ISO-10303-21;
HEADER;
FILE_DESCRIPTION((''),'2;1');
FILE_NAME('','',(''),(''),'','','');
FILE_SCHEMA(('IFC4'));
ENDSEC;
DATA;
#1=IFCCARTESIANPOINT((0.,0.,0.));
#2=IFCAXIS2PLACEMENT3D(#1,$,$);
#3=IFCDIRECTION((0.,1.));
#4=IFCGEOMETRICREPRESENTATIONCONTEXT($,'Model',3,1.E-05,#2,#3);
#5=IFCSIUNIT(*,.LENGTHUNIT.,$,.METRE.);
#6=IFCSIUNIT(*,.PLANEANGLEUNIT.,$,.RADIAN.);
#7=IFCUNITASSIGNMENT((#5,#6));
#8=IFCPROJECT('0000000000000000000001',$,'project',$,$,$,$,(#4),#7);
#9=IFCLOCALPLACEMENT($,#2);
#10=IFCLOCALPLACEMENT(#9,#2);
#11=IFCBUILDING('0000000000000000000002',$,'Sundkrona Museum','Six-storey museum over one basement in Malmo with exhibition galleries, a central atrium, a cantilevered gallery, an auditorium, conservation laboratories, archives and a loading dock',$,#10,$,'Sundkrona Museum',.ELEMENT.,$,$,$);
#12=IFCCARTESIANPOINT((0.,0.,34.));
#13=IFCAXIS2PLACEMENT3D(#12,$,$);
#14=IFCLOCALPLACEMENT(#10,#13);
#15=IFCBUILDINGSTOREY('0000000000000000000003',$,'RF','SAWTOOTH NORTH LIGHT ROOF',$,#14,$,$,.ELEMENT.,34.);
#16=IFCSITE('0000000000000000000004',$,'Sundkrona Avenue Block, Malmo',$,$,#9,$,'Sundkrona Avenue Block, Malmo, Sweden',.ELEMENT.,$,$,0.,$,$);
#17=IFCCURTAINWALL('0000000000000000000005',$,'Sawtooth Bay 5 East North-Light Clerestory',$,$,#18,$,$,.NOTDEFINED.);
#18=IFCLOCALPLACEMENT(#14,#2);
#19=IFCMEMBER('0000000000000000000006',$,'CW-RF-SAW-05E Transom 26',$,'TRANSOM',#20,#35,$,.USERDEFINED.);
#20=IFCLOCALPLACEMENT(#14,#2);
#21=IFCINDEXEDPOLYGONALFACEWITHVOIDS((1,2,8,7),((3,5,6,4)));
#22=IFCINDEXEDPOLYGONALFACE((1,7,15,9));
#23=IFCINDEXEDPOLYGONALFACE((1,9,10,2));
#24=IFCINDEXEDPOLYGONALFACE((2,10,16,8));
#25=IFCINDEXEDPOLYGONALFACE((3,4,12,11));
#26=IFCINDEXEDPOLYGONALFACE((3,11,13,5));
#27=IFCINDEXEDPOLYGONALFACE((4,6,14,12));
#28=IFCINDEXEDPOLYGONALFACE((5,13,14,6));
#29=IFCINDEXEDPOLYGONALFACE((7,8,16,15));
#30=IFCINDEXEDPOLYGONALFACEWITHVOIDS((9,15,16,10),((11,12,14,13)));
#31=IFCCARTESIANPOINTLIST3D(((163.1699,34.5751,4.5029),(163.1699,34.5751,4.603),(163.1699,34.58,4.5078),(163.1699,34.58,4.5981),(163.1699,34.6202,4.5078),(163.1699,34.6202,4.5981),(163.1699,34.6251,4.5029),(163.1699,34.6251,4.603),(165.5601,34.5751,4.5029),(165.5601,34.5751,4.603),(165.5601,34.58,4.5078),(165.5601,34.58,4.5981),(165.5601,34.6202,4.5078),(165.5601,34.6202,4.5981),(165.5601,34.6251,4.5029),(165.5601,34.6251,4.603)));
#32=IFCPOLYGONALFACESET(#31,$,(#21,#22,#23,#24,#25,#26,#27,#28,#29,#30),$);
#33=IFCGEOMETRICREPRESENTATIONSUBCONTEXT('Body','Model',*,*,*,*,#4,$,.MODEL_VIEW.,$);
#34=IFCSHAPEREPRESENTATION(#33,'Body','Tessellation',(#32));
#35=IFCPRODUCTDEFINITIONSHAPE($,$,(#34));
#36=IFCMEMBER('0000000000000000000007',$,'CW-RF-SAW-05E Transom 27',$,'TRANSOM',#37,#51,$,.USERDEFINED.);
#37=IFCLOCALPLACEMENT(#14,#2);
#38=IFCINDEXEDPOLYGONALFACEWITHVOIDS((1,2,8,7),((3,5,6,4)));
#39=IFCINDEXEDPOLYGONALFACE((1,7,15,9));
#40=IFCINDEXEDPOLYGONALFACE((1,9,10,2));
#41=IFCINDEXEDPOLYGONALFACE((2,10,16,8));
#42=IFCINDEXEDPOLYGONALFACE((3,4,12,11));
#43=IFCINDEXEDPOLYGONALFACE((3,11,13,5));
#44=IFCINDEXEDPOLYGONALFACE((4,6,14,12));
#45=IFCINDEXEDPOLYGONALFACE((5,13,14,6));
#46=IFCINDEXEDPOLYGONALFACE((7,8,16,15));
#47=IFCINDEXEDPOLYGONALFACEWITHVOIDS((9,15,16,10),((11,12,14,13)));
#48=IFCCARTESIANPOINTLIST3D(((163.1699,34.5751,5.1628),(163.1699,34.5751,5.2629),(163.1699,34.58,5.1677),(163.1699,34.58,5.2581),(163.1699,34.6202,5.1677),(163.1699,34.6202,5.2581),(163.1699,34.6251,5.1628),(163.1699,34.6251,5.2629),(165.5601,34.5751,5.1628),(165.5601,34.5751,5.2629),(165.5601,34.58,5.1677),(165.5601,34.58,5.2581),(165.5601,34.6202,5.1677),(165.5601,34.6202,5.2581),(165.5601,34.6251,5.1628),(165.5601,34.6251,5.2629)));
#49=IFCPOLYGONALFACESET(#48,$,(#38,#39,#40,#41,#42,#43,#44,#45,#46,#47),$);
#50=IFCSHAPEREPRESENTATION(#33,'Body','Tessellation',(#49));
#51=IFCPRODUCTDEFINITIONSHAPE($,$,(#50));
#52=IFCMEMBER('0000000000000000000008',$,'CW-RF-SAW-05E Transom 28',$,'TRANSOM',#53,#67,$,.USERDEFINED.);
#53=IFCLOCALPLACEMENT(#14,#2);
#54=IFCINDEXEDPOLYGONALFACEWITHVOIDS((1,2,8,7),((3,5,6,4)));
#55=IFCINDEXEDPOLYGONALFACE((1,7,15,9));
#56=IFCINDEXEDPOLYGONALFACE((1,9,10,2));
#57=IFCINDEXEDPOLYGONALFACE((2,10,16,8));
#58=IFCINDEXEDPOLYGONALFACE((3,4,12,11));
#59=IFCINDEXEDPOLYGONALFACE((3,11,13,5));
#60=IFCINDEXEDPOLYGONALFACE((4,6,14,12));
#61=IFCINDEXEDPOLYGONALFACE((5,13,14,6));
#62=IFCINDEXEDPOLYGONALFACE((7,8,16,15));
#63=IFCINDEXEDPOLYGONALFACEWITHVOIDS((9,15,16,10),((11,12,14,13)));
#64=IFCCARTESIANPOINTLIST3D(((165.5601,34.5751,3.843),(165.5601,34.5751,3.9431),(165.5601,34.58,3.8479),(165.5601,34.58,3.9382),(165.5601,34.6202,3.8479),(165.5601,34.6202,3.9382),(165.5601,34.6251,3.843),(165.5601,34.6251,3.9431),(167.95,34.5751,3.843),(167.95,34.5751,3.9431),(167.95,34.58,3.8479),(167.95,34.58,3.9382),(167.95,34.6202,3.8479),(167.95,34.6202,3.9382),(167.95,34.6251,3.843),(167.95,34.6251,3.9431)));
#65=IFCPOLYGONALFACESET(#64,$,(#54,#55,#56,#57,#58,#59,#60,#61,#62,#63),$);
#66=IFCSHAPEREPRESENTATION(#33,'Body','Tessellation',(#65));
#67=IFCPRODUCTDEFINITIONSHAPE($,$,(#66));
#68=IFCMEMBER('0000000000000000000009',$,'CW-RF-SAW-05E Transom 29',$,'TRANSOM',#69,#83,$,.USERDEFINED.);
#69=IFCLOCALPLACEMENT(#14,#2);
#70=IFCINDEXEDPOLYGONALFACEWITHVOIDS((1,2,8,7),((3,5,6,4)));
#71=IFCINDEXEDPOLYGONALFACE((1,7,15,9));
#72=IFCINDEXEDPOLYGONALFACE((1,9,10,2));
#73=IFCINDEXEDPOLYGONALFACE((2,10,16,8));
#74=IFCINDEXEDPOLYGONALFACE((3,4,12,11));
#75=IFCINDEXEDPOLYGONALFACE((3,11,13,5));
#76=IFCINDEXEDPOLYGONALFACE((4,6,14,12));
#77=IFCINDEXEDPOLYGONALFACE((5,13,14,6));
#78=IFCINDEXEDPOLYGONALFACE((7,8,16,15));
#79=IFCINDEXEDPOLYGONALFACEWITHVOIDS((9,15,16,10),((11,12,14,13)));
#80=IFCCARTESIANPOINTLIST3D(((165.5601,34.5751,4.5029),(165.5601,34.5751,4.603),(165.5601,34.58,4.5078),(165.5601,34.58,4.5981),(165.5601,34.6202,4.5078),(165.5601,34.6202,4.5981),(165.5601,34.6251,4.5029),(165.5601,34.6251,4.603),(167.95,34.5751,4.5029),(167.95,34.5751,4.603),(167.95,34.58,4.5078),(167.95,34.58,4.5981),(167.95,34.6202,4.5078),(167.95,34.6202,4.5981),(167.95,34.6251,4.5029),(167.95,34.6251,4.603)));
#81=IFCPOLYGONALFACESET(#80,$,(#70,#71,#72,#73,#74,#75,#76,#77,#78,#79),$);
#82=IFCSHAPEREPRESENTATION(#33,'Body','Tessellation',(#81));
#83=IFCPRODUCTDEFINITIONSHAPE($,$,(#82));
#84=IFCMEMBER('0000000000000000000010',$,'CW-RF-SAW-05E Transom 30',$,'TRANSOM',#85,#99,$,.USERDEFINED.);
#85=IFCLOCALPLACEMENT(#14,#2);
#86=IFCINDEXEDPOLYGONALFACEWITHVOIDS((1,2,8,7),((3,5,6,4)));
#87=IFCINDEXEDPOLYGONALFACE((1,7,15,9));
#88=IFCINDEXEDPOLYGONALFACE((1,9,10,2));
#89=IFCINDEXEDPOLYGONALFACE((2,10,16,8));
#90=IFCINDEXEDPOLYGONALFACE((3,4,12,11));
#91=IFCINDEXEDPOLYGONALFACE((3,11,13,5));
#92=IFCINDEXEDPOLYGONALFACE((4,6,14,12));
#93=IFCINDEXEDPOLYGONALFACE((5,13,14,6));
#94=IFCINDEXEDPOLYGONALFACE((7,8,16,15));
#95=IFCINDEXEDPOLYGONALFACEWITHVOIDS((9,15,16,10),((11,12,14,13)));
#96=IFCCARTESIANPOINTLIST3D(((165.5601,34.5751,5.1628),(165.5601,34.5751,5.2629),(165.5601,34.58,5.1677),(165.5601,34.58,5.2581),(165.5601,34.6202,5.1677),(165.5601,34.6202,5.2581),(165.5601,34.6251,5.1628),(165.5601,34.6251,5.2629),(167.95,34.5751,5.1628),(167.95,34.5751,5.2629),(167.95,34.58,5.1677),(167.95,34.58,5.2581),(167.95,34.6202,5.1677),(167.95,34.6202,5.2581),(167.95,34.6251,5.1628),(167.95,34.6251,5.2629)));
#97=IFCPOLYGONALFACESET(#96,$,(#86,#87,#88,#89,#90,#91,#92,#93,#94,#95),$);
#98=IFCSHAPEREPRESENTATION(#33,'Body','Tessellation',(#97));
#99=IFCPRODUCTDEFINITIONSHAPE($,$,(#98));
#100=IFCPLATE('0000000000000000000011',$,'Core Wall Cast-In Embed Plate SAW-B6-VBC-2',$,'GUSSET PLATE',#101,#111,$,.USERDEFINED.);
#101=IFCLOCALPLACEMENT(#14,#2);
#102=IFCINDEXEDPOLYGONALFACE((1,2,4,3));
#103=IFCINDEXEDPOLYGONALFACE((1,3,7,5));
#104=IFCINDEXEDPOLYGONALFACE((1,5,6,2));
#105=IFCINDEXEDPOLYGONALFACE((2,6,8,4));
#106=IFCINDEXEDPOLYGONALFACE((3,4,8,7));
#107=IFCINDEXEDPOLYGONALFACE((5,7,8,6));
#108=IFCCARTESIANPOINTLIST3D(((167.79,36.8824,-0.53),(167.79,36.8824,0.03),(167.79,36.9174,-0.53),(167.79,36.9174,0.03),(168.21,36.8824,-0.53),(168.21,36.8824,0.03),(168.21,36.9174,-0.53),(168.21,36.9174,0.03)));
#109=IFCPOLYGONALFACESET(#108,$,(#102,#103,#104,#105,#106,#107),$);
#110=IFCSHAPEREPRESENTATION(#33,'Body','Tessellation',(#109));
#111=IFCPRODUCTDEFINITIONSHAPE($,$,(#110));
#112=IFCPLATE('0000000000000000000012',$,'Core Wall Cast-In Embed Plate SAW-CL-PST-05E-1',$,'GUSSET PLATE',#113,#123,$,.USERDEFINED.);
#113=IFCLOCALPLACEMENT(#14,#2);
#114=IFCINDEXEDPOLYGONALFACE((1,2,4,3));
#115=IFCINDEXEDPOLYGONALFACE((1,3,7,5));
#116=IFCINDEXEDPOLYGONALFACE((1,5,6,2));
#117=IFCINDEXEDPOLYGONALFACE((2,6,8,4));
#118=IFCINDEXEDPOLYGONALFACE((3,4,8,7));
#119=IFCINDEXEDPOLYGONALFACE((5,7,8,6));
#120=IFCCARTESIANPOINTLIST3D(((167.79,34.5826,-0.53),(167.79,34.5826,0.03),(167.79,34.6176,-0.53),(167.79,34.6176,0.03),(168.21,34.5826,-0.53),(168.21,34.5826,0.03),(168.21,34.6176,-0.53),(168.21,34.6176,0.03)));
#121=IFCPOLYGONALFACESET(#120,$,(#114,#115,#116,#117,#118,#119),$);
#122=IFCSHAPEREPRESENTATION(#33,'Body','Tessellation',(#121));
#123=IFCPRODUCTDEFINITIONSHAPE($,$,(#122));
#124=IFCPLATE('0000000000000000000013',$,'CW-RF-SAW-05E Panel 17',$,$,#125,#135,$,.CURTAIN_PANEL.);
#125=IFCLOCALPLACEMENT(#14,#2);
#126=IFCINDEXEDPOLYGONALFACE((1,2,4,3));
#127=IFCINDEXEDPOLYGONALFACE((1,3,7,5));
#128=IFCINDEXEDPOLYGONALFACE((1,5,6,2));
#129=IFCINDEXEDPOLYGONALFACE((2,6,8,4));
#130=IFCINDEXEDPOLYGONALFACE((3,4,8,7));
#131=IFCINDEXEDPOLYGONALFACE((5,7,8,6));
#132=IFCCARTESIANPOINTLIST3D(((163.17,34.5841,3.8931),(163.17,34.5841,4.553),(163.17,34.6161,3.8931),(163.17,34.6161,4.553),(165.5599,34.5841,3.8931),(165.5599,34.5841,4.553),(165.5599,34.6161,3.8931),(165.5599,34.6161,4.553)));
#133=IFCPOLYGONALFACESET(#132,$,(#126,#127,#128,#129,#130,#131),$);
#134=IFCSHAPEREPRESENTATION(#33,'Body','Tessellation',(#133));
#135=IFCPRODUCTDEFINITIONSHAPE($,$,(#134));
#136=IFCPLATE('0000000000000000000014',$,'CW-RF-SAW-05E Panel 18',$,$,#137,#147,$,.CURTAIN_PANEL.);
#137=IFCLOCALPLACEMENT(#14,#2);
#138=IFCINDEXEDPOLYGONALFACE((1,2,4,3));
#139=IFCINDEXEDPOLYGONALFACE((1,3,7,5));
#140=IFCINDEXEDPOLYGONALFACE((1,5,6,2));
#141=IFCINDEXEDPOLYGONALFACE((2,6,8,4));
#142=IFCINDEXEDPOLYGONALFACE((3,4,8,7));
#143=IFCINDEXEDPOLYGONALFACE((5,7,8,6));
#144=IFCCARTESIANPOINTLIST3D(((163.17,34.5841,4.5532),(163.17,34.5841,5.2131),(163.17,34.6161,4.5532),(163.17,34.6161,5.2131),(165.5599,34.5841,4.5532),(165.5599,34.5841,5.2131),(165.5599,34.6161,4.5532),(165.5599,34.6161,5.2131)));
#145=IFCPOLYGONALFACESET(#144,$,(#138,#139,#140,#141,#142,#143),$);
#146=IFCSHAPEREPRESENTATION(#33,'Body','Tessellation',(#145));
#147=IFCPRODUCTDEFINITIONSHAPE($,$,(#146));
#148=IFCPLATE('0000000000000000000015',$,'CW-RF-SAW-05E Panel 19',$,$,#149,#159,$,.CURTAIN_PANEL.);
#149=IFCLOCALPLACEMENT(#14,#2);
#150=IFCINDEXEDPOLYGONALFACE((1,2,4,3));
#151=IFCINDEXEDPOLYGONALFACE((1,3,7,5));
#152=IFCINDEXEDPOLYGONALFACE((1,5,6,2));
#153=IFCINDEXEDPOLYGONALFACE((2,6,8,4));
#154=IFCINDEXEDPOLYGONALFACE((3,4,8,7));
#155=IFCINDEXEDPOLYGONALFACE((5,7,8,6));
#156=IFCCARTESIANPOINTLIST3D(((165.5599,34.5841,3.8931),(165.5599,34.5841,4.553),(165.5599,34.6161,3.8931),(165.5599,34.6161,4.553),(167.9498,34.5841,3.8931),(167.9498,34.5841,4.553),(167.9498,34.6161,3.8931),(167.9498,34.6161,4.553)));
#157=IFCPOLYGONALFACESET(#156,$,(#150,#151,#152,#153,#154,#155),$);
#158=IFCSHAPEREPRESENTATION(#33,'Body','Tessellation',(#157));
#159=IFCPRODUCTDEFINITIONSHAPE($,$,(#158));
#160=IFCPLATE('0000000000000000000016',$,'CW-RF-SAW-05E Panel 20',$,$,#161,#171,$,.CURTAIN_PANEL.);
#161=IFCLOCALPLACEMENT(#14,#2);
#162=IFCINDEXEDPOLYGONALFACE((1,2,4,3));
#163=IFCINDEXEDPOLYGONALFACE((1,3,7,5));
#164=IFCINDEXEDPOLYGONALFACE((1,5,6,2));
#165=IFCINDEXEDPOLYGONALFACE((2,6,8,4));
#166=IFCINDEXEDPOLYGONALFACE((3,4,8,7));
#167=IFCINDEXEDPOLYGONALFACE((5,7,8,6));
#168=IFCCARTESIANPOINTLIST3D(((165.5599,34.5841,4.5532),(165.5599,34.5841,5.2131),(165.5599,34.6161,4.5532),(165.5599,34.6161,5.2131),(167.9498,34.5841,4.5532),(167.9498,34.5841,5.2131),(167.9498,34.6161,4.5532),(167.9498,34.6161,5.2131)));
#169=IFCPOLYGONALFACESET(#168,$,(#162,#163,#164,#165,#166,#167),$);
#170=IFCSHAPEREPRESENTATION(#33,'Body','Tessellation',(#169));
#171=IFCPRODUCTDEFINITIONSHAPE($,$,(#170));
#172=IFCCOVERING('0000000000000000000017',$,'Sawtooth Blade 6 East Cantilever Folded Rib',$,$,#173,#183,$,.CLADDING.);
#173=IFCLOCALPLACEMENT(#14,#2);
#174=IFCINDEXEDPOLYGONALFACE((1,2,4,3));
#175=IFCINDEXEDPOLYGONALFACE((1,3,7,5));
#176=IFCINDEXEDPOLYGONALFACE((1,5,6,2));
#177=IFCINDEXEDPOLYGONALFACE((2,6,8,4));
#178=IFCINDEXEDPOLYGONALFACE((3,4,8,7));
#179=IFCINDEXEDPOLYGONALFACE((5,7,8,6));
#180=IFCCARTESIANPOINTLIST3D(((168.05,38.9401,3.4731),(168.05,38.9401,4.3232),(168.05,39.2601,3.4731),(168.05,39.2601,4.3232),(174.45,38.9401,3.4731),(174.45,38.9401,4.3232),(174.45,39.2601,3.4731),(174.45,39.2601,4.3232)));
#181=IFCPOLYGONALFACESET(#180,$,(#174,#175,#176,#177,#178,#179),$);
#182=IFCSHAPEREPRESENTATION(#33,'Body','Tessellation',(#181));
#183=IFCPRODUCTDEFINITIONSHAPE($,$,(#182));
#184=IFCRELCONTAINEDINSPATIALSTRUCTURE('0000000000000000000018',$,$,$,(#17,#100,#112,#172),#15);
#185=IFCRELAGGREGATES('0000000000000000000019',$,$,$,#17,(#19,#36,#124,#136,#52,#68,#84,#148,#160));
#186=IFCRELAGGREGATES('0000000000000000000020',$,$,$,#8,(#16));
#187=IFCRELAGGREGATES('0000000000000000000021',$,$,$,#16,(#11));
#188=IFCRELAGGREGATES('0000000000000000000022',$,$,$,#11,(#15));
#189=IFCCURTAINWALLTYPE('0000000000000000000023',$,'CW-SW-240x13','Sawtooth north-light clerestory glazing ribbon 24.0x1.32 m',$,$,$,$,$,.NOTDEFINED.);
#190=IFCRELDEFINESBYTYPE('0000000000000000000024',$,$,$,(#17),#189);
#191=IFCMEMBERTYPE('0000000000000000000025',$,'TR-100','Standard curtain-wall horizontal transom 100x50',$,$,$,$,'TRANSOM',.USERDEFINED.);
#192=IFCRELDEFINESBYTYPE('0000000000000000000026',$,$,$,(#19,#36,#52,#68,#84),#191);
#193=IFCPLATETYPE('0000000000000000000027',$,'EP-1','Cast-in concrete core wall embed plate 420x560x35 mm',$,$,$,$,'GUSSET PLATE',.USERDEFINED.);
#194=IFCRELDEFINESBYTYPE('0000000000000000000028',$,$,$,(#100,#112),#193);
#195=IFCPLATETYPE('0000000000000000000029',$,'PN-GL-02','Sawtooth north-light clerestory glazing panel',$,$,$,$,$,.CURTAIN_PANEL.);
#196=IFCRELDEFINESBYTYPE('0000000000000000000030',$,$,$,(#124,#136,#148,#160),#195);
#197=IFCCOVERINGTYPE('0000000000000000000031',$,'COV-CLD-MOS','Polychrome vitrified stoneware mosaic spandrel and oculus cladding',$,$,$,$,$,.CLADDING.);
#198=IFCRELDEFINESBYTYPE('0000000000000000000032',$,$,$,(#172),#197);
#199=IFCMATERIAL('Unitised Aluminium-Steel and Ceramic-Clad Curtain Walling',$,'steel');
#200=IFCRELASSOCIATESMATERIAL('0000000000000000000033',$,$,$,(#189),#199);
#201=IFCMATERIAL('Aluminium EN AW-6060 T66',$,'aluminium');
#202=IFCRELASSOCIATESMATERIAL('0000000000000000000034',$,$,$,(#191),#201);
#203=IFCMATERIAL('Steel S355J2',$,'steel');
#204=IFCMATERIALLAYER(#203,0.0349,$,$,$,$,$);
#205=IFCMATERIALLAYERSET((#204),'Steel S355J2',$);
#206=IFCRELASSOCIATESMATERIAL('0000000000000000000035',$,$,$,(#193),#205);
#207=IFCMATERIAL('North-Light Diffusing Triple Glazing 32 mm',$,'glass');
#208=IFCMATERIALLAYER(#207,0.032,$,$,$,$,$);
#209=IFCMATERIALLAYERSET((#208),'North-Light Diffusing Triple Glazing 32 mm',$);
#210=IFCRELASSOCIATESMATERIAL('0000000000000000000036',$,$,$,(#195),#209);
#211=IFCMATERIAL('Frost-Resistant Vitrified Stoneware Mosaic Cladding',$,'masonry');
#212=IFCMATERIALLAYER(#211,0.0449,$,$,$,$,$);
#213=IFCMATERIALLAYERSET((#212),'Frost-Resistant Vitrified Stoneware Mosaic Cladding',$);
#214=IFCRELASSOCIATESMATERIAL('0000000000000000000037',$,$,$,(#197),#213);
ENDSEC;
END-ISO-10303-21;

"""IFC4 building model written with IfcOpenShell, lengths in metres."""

from ifc_helpers import new_model, si_unit, direction, frame, origin, origin_2d, place, context, subcontext, project, spatial, rectangle, hollow_rectangle, extrude, material, layer, layer_set, material_profile, profile_set, type_object, element, aggregate, save


model = new_model("IFC4")

# Units and contexts
model_context = context("Model", 3, precision=1e-05, world=origin(), true_north=direction((0.0, 1.0)))
body_context = subcontext(model_context, "Body", "Model", "MODEL_VIEW")
ifc_project = project(units=[si_unit("LENGTHUNIT", "METRE"), si_unit("PLANEANGLEUNIT", "RADIAN")], contexts=[model_context])

# Site, building, storey
site_placement = place(None, origin())
site = spatial("IfcSite", under=ifc_project, at=site_placement, Name="Sundkrona Avenue Block, Malmo", LongName="Sundkrona Avenue Block, Malmo, Sweden", CompositionType="ELEMENT", RefElevation=0.0)
building_placement = place(site_placement, origin())
building = spatial("IfcBuilding", under=site, at=building_placement, Name="Sundkrona Museum", Description="Six-storey museum over one basement in Malmo with exhibition galleries, a central atrium, a cantilevered gallery, an auditorium, conservation laboratories, archives and a loading dock", LongName="Sundkrona Museum", CompositionType="ELEMENT")
storey_placement = place(building_placement, frame((0.0, 0.0, 34.0)))
storey = spatial("IfcBuildingStorey", under=building, at=storey_placement, Name="RF", Description="SAWTOOTH NORTH LIGHT ROOF", CompositionType="ELEMENT", Elevation=34.0)

# Shared definitions
ifc_material_1 = material(Name="Steel S355J2", Category="steel")

# Curtain wall
ifc_material_2 = material(Name="Unitised Aluminium-Steel and Ceramic-Clad Curtain Walling", Category="steel")
curtain_wall_type = type_object("IfcCurtainWallType", Name="CW-SW-240x13", Description="Sawtooth north-light clerestory glazing ribbon 24.0x1.32 m", PredefinedType="NOTDEFINED", material=ifc_material_2)
curtain_wall_placement = place(storey_placement, origin())
curtain_wall = element("IfcCurtainWall", 1, at=curtain_wall_placement, inside=storey, type_object=curtain_wall_type, Name="Sawtooth Bay 5 East North-Light Clerestory", PredefinedType="NOTDEFINED")
ifc_material_3 = material(Name="Aluminium EN AW-6060 T66", Category="aluminium")

# Members
ifc_material_profile_1 = material_profile(ifc_material_3, hollow_rectangle(XDim=0.05, YDim=0.1001, WallThickness=0.0049, at=origin_2d()), Name="RHS 100x50x5.0")
ifc_profile_set_1 = profile_set([ifc_material_profile_1], Name="Aluminium EN AW-6060 T66")
member_type_1 = type_object("IfcMemberType", Name="TR-100", Description="Standard curtain-wall horizontal transom 100x50", ElementType="TRANSOM", PredefinedType="USERDEFINED", material=ifc_profile_set_1)
member_1_placement = place(storey_placement, frame((163.1699, 34.6001, 4.553), z_axis=(1.0, 0.0, 0.0), x_axis=(0.0, 1.0, 0.0)))
member_1 = element("IfcMember", 2, at=member_1_placement, type_object=member_type_1, Name="CW-RF-SAW-05E Transom 26", ObjectType="TRANSOM", PredefinedType="USERDEFINED", context=body_context, shape_type="SweptSolid", body=[
    extrude(hollow_rectangle(XDim=0.05, YDim=0.1001, WallThickness=0.0049, at=origin_2d()), origin(), (0.0, 0.0, 1.0), 2.3901),
])
member_2_placement = place(storey_placement, frame((163.1699, 34.6001, 5.2129), z_axis=(1.0, 0.0, 0.0), x_axis=(0.0, 1.0, 0.0)))
member_2 = element("IfcMember", 3, at=member_2_placement, type_object=member_type_1, Name="CW-RF-SAW-05E Transom 27", ObjectType="TRANSOM", PredefinedType="USERDEFINED", context=body_context, shape_type="SweptSolid", body=[
    extrude(hollow_rectangle(XDim=0.05, YDim=0.1001, WallThickness=0.0049, at=origin_2d()), origin(), (0.0, 0.0, 1.0), 2.3901),
])
member_3_placement = place(storey_placement, frame((165.5601, 34.6001, 3.8931), z_axis=(1.0, 0.0, 0.0), x_axis=(0.0, 1.0, 0.0)))
member_3 = element("IfcMember", 4, at=member_3_placement, type_object=member_type_1, Name="CW-RF-SAW-05E Transom 28", ObjectType="TRANSOM", PredefinedType="USERDEFINED", context=body_context, shape_type="SweptSolid", body=[
    extrude(hollow_rectangle(XDim=0.05, YDim=0.1001, WallThickness=0.0049, at=origin_2d()), origin(), (0.0, 0.0, 1.0), 2.3899),
])
member_4_placement = place(storey_placement, frame((165.5601, 34.6001, 4.553), z_axis=(1.0, 0.0, 0.0), x_axis=(0.0, 1.0, 0.0)))
member_4 = element("IfcMember", 5, at=member_4_placement, type_object=member_type_1, Name="CW-RF-SAW-05E Transom 29", ObjectType="TRANSOM", PredefinedType="USERDEFINED", context=body_context, shape_type="SweptSolid", body=[
    extrude(hollow_rectangle(XDim=0.05, YDim=0.1001, WallThickness=0.0049, at=origin_2d()), origin(), (0.0, 0.0, 1.0), 2.3899),
])
member_5_placement = place(storey_placement, frame((165.5601, 34.6001, 5.2129), z_axis=(1.0, 0.0, 0.0), x_axis=(0.0, 1.0, 0.0)))
member_5 = element("IfcMember", 6, at=member_5_placement, type_object=member_type_1, Name="CW-RF-SAW-05E Transom 30", ObjectType="TRANSOM", PredefinedType="USERDEFINED", context=body_context, shape_type="SweptSolid", body=[
    extrude(hollow_rectangle(XDim=0.05, YDim=0.1001, WallThickness=0.0049, at=origin_2d()), origin(), (0.0, 0.0, 1.0), 2.3899),
])

# Plates
ifc_layer_1 = layer(ifc_material_1, 0.0349)
ifc_layer_set_1 = layer_set([ifc_layer_1], Name="Steel S355J2")
plate_type_1 = type_object("IfcPlateType", Name="EP-1", Description="Cast-in concrete core wall embed plate 420x560x35 mm", ElementType="GUSSET PLATE", PredefinedType="USERDEFINED", material=ifc_layer_set_1)
for number, where, z_axis, x_axis, name in (
    (7, (168.0, 36.8999, -0.53), (0.0, 0.0, 1.0), (1.0, 0.0, 0.0), "Core Wall Cast-In Embed Plate SAW-B6-VBC-2"),
    (8, (168.0, 34.6001, -0.53), (0.0, 0.0, 1.0), (1.0, 0.0, 0.0), "Core Wall Cast-In Embed Plate SAW-CL-PST-05E-1"),
):
    element("IfcPlate", number, at=place(storey_placement, frame(where, z_axis=z_axis, x_axis=x_axis)), inside=storey, type_object=plate_type_1, Name=name, ObjectType="GUSSET PLATE", PredefinedType="USERDEFINED", context=body_context, shape_type="SweptSolid", body=[
        extrude(rectangle(XDim=0.4199, YDim=0.0349, at=origin_2d()), origin(), (0.0, 0.0, 1.0), 0.5601),
    ])

# Plates
ifc_material_4 = material(Name="North-Light Diffusing Triple Glazing 32 mm", Category="glass")
ifc_layer_2 = layer(ifc_material_4, 0.032)
ifc_layer_set_2 = layer_set([ifc_layer_2], Name="North-Light Diffusing Triple Glazing 32 mm")
plate_type_2 = type_object("IfcPlateType", Name="PN-GL-02", Description="Sawtooth north-light clerestory glazing panel", PredefinedType="CURTAIN_PANEL", material=ifc_layer_set_2)
plate_1_placement = place(storey_placement, frame((164.365, 34.6001, 3.8931), z_axis=(0.0, 0.0, 1.0), x_axis=(1.0, 0.0, 0.0)))
plate_1 = element("IfcPlate", 9, at=plate_1_placement, type_object=plate_type_2, Name="CW-RF-SAW-05E Panel 17", PredefinedType="CURTAIN_PANEL", context=body_context, shape_type="SweptSolid", body=[
    extrude(rectangle(XDim=2.3899, YDim=0.032, at=origin_2d()), origin(), (0.0, 0.0, 1.0), 0.6599),
])
plate_2_placement = place(storey_placement, frame((164.365, 34.6001, 4.5532), z_axis=(0.0, 0.0, 1.0), x_axis=(1.0, 0.0, 0.0)))
plate_2 = element("IfcPlate", 10, at=plate_2_placement, type_object=plate_type_2, Name="CW-RF-SAW-05E Panel 18", PredefinedType="CURTAIN_PANEL", context=body_context, shape_type="SweptSolid", body=[
    extrude(rectangle(XDim=2.3899, YDim=0.032, at=origin_2d()), origin(), (0.0, 0.0, 1.0), 0.6599),
])
plate_3_placement = place(storey_placement, frame((166.7549, 34.6001, 3.8931), z_axis=(0.0, 0.0, 1.0), x_axis=(1.0, 0.0, 0.0)))
plate_3 = element("IfcPlate", 11, at=plate_3_placement, type_object=plate_type_2, Name="CW-RF-SAW-05E Panel 19", PredefinedType="CURTAIN_PANEL", context=body_context, shape_type="SweptSolid", body=[
    extrude(rectangle(XDim=2.3899, YDim=0.032, at=origin_2d()), origin(), (0.0, 0.0, 1.0), 0.6599),
])
plate_4_placement = place(storey_placement, frame((166.7549, 34.6001, 4.5532), z_axis=(0.0, 0.0, 1.0), x_axis=(1.0, 0.0, 0.0)))
plate_4 = element("IfcPlate", 12, at=plate_4_placement, type_object=plate_type_2, Name="CW-RF-SAW-05E Panel 20", PredefinedType="CURTAIN_PANEL", context=body_context, shape_type="SweptSolid", body=[
    extrude(rectangle(XDim=2.3899, YDim=0.032, at=origin_2d()), origin(), (0.0, 0.0, 1.0), 0.6599),
])
aggregate(curtain_wall, [member_1, member_2, plate_1, plate_2, member_3, member_4, member_5, plate_3, plate_4])

# Covering
ifc_material_5 = material(Name="Frost-Resistant Vitrified Stoneware Mosaic Cladding", Category="masonry")
ifc_layer_3 = layer(ifc_material_5, 0.0449)
ifc_layer_set_3 = layer_set([ifc_layer_3], Name="Frost-Resistant Vitrified Stoneware Mosaic Cladding")
covering_type = type_object("IfcCoveringType", Name="COV-CLD-MOS", Description="Polychrome vitrified stoneware mosaic spandrel and oculus cladding", PredefinedType="CLADDING", material=ifc_layer_set_3)
covering_placement = place(storey_placement, frame((171.25, 39.1001, 3.4731), z_axis=(0.0, 0.0, 1.0), x_axis=(1.0, 0.0, 0.0)))
element("IfcCovering", 13, at=covering_placement, inside=storey, type_object=covering_type, Name="Sawtooth Blade 6 East Cantilever Folded Rib", PredefinedType="CLADDING", context=body_context, shape_type="SweptSolid", body=[
    extrude(rectangle(XDim=6.3999, YDim=0.3201, at=origin_2d()), origin(), (0.0, 0.0, 1.0), 0.8501),
])

save(model, "model.ifc")
